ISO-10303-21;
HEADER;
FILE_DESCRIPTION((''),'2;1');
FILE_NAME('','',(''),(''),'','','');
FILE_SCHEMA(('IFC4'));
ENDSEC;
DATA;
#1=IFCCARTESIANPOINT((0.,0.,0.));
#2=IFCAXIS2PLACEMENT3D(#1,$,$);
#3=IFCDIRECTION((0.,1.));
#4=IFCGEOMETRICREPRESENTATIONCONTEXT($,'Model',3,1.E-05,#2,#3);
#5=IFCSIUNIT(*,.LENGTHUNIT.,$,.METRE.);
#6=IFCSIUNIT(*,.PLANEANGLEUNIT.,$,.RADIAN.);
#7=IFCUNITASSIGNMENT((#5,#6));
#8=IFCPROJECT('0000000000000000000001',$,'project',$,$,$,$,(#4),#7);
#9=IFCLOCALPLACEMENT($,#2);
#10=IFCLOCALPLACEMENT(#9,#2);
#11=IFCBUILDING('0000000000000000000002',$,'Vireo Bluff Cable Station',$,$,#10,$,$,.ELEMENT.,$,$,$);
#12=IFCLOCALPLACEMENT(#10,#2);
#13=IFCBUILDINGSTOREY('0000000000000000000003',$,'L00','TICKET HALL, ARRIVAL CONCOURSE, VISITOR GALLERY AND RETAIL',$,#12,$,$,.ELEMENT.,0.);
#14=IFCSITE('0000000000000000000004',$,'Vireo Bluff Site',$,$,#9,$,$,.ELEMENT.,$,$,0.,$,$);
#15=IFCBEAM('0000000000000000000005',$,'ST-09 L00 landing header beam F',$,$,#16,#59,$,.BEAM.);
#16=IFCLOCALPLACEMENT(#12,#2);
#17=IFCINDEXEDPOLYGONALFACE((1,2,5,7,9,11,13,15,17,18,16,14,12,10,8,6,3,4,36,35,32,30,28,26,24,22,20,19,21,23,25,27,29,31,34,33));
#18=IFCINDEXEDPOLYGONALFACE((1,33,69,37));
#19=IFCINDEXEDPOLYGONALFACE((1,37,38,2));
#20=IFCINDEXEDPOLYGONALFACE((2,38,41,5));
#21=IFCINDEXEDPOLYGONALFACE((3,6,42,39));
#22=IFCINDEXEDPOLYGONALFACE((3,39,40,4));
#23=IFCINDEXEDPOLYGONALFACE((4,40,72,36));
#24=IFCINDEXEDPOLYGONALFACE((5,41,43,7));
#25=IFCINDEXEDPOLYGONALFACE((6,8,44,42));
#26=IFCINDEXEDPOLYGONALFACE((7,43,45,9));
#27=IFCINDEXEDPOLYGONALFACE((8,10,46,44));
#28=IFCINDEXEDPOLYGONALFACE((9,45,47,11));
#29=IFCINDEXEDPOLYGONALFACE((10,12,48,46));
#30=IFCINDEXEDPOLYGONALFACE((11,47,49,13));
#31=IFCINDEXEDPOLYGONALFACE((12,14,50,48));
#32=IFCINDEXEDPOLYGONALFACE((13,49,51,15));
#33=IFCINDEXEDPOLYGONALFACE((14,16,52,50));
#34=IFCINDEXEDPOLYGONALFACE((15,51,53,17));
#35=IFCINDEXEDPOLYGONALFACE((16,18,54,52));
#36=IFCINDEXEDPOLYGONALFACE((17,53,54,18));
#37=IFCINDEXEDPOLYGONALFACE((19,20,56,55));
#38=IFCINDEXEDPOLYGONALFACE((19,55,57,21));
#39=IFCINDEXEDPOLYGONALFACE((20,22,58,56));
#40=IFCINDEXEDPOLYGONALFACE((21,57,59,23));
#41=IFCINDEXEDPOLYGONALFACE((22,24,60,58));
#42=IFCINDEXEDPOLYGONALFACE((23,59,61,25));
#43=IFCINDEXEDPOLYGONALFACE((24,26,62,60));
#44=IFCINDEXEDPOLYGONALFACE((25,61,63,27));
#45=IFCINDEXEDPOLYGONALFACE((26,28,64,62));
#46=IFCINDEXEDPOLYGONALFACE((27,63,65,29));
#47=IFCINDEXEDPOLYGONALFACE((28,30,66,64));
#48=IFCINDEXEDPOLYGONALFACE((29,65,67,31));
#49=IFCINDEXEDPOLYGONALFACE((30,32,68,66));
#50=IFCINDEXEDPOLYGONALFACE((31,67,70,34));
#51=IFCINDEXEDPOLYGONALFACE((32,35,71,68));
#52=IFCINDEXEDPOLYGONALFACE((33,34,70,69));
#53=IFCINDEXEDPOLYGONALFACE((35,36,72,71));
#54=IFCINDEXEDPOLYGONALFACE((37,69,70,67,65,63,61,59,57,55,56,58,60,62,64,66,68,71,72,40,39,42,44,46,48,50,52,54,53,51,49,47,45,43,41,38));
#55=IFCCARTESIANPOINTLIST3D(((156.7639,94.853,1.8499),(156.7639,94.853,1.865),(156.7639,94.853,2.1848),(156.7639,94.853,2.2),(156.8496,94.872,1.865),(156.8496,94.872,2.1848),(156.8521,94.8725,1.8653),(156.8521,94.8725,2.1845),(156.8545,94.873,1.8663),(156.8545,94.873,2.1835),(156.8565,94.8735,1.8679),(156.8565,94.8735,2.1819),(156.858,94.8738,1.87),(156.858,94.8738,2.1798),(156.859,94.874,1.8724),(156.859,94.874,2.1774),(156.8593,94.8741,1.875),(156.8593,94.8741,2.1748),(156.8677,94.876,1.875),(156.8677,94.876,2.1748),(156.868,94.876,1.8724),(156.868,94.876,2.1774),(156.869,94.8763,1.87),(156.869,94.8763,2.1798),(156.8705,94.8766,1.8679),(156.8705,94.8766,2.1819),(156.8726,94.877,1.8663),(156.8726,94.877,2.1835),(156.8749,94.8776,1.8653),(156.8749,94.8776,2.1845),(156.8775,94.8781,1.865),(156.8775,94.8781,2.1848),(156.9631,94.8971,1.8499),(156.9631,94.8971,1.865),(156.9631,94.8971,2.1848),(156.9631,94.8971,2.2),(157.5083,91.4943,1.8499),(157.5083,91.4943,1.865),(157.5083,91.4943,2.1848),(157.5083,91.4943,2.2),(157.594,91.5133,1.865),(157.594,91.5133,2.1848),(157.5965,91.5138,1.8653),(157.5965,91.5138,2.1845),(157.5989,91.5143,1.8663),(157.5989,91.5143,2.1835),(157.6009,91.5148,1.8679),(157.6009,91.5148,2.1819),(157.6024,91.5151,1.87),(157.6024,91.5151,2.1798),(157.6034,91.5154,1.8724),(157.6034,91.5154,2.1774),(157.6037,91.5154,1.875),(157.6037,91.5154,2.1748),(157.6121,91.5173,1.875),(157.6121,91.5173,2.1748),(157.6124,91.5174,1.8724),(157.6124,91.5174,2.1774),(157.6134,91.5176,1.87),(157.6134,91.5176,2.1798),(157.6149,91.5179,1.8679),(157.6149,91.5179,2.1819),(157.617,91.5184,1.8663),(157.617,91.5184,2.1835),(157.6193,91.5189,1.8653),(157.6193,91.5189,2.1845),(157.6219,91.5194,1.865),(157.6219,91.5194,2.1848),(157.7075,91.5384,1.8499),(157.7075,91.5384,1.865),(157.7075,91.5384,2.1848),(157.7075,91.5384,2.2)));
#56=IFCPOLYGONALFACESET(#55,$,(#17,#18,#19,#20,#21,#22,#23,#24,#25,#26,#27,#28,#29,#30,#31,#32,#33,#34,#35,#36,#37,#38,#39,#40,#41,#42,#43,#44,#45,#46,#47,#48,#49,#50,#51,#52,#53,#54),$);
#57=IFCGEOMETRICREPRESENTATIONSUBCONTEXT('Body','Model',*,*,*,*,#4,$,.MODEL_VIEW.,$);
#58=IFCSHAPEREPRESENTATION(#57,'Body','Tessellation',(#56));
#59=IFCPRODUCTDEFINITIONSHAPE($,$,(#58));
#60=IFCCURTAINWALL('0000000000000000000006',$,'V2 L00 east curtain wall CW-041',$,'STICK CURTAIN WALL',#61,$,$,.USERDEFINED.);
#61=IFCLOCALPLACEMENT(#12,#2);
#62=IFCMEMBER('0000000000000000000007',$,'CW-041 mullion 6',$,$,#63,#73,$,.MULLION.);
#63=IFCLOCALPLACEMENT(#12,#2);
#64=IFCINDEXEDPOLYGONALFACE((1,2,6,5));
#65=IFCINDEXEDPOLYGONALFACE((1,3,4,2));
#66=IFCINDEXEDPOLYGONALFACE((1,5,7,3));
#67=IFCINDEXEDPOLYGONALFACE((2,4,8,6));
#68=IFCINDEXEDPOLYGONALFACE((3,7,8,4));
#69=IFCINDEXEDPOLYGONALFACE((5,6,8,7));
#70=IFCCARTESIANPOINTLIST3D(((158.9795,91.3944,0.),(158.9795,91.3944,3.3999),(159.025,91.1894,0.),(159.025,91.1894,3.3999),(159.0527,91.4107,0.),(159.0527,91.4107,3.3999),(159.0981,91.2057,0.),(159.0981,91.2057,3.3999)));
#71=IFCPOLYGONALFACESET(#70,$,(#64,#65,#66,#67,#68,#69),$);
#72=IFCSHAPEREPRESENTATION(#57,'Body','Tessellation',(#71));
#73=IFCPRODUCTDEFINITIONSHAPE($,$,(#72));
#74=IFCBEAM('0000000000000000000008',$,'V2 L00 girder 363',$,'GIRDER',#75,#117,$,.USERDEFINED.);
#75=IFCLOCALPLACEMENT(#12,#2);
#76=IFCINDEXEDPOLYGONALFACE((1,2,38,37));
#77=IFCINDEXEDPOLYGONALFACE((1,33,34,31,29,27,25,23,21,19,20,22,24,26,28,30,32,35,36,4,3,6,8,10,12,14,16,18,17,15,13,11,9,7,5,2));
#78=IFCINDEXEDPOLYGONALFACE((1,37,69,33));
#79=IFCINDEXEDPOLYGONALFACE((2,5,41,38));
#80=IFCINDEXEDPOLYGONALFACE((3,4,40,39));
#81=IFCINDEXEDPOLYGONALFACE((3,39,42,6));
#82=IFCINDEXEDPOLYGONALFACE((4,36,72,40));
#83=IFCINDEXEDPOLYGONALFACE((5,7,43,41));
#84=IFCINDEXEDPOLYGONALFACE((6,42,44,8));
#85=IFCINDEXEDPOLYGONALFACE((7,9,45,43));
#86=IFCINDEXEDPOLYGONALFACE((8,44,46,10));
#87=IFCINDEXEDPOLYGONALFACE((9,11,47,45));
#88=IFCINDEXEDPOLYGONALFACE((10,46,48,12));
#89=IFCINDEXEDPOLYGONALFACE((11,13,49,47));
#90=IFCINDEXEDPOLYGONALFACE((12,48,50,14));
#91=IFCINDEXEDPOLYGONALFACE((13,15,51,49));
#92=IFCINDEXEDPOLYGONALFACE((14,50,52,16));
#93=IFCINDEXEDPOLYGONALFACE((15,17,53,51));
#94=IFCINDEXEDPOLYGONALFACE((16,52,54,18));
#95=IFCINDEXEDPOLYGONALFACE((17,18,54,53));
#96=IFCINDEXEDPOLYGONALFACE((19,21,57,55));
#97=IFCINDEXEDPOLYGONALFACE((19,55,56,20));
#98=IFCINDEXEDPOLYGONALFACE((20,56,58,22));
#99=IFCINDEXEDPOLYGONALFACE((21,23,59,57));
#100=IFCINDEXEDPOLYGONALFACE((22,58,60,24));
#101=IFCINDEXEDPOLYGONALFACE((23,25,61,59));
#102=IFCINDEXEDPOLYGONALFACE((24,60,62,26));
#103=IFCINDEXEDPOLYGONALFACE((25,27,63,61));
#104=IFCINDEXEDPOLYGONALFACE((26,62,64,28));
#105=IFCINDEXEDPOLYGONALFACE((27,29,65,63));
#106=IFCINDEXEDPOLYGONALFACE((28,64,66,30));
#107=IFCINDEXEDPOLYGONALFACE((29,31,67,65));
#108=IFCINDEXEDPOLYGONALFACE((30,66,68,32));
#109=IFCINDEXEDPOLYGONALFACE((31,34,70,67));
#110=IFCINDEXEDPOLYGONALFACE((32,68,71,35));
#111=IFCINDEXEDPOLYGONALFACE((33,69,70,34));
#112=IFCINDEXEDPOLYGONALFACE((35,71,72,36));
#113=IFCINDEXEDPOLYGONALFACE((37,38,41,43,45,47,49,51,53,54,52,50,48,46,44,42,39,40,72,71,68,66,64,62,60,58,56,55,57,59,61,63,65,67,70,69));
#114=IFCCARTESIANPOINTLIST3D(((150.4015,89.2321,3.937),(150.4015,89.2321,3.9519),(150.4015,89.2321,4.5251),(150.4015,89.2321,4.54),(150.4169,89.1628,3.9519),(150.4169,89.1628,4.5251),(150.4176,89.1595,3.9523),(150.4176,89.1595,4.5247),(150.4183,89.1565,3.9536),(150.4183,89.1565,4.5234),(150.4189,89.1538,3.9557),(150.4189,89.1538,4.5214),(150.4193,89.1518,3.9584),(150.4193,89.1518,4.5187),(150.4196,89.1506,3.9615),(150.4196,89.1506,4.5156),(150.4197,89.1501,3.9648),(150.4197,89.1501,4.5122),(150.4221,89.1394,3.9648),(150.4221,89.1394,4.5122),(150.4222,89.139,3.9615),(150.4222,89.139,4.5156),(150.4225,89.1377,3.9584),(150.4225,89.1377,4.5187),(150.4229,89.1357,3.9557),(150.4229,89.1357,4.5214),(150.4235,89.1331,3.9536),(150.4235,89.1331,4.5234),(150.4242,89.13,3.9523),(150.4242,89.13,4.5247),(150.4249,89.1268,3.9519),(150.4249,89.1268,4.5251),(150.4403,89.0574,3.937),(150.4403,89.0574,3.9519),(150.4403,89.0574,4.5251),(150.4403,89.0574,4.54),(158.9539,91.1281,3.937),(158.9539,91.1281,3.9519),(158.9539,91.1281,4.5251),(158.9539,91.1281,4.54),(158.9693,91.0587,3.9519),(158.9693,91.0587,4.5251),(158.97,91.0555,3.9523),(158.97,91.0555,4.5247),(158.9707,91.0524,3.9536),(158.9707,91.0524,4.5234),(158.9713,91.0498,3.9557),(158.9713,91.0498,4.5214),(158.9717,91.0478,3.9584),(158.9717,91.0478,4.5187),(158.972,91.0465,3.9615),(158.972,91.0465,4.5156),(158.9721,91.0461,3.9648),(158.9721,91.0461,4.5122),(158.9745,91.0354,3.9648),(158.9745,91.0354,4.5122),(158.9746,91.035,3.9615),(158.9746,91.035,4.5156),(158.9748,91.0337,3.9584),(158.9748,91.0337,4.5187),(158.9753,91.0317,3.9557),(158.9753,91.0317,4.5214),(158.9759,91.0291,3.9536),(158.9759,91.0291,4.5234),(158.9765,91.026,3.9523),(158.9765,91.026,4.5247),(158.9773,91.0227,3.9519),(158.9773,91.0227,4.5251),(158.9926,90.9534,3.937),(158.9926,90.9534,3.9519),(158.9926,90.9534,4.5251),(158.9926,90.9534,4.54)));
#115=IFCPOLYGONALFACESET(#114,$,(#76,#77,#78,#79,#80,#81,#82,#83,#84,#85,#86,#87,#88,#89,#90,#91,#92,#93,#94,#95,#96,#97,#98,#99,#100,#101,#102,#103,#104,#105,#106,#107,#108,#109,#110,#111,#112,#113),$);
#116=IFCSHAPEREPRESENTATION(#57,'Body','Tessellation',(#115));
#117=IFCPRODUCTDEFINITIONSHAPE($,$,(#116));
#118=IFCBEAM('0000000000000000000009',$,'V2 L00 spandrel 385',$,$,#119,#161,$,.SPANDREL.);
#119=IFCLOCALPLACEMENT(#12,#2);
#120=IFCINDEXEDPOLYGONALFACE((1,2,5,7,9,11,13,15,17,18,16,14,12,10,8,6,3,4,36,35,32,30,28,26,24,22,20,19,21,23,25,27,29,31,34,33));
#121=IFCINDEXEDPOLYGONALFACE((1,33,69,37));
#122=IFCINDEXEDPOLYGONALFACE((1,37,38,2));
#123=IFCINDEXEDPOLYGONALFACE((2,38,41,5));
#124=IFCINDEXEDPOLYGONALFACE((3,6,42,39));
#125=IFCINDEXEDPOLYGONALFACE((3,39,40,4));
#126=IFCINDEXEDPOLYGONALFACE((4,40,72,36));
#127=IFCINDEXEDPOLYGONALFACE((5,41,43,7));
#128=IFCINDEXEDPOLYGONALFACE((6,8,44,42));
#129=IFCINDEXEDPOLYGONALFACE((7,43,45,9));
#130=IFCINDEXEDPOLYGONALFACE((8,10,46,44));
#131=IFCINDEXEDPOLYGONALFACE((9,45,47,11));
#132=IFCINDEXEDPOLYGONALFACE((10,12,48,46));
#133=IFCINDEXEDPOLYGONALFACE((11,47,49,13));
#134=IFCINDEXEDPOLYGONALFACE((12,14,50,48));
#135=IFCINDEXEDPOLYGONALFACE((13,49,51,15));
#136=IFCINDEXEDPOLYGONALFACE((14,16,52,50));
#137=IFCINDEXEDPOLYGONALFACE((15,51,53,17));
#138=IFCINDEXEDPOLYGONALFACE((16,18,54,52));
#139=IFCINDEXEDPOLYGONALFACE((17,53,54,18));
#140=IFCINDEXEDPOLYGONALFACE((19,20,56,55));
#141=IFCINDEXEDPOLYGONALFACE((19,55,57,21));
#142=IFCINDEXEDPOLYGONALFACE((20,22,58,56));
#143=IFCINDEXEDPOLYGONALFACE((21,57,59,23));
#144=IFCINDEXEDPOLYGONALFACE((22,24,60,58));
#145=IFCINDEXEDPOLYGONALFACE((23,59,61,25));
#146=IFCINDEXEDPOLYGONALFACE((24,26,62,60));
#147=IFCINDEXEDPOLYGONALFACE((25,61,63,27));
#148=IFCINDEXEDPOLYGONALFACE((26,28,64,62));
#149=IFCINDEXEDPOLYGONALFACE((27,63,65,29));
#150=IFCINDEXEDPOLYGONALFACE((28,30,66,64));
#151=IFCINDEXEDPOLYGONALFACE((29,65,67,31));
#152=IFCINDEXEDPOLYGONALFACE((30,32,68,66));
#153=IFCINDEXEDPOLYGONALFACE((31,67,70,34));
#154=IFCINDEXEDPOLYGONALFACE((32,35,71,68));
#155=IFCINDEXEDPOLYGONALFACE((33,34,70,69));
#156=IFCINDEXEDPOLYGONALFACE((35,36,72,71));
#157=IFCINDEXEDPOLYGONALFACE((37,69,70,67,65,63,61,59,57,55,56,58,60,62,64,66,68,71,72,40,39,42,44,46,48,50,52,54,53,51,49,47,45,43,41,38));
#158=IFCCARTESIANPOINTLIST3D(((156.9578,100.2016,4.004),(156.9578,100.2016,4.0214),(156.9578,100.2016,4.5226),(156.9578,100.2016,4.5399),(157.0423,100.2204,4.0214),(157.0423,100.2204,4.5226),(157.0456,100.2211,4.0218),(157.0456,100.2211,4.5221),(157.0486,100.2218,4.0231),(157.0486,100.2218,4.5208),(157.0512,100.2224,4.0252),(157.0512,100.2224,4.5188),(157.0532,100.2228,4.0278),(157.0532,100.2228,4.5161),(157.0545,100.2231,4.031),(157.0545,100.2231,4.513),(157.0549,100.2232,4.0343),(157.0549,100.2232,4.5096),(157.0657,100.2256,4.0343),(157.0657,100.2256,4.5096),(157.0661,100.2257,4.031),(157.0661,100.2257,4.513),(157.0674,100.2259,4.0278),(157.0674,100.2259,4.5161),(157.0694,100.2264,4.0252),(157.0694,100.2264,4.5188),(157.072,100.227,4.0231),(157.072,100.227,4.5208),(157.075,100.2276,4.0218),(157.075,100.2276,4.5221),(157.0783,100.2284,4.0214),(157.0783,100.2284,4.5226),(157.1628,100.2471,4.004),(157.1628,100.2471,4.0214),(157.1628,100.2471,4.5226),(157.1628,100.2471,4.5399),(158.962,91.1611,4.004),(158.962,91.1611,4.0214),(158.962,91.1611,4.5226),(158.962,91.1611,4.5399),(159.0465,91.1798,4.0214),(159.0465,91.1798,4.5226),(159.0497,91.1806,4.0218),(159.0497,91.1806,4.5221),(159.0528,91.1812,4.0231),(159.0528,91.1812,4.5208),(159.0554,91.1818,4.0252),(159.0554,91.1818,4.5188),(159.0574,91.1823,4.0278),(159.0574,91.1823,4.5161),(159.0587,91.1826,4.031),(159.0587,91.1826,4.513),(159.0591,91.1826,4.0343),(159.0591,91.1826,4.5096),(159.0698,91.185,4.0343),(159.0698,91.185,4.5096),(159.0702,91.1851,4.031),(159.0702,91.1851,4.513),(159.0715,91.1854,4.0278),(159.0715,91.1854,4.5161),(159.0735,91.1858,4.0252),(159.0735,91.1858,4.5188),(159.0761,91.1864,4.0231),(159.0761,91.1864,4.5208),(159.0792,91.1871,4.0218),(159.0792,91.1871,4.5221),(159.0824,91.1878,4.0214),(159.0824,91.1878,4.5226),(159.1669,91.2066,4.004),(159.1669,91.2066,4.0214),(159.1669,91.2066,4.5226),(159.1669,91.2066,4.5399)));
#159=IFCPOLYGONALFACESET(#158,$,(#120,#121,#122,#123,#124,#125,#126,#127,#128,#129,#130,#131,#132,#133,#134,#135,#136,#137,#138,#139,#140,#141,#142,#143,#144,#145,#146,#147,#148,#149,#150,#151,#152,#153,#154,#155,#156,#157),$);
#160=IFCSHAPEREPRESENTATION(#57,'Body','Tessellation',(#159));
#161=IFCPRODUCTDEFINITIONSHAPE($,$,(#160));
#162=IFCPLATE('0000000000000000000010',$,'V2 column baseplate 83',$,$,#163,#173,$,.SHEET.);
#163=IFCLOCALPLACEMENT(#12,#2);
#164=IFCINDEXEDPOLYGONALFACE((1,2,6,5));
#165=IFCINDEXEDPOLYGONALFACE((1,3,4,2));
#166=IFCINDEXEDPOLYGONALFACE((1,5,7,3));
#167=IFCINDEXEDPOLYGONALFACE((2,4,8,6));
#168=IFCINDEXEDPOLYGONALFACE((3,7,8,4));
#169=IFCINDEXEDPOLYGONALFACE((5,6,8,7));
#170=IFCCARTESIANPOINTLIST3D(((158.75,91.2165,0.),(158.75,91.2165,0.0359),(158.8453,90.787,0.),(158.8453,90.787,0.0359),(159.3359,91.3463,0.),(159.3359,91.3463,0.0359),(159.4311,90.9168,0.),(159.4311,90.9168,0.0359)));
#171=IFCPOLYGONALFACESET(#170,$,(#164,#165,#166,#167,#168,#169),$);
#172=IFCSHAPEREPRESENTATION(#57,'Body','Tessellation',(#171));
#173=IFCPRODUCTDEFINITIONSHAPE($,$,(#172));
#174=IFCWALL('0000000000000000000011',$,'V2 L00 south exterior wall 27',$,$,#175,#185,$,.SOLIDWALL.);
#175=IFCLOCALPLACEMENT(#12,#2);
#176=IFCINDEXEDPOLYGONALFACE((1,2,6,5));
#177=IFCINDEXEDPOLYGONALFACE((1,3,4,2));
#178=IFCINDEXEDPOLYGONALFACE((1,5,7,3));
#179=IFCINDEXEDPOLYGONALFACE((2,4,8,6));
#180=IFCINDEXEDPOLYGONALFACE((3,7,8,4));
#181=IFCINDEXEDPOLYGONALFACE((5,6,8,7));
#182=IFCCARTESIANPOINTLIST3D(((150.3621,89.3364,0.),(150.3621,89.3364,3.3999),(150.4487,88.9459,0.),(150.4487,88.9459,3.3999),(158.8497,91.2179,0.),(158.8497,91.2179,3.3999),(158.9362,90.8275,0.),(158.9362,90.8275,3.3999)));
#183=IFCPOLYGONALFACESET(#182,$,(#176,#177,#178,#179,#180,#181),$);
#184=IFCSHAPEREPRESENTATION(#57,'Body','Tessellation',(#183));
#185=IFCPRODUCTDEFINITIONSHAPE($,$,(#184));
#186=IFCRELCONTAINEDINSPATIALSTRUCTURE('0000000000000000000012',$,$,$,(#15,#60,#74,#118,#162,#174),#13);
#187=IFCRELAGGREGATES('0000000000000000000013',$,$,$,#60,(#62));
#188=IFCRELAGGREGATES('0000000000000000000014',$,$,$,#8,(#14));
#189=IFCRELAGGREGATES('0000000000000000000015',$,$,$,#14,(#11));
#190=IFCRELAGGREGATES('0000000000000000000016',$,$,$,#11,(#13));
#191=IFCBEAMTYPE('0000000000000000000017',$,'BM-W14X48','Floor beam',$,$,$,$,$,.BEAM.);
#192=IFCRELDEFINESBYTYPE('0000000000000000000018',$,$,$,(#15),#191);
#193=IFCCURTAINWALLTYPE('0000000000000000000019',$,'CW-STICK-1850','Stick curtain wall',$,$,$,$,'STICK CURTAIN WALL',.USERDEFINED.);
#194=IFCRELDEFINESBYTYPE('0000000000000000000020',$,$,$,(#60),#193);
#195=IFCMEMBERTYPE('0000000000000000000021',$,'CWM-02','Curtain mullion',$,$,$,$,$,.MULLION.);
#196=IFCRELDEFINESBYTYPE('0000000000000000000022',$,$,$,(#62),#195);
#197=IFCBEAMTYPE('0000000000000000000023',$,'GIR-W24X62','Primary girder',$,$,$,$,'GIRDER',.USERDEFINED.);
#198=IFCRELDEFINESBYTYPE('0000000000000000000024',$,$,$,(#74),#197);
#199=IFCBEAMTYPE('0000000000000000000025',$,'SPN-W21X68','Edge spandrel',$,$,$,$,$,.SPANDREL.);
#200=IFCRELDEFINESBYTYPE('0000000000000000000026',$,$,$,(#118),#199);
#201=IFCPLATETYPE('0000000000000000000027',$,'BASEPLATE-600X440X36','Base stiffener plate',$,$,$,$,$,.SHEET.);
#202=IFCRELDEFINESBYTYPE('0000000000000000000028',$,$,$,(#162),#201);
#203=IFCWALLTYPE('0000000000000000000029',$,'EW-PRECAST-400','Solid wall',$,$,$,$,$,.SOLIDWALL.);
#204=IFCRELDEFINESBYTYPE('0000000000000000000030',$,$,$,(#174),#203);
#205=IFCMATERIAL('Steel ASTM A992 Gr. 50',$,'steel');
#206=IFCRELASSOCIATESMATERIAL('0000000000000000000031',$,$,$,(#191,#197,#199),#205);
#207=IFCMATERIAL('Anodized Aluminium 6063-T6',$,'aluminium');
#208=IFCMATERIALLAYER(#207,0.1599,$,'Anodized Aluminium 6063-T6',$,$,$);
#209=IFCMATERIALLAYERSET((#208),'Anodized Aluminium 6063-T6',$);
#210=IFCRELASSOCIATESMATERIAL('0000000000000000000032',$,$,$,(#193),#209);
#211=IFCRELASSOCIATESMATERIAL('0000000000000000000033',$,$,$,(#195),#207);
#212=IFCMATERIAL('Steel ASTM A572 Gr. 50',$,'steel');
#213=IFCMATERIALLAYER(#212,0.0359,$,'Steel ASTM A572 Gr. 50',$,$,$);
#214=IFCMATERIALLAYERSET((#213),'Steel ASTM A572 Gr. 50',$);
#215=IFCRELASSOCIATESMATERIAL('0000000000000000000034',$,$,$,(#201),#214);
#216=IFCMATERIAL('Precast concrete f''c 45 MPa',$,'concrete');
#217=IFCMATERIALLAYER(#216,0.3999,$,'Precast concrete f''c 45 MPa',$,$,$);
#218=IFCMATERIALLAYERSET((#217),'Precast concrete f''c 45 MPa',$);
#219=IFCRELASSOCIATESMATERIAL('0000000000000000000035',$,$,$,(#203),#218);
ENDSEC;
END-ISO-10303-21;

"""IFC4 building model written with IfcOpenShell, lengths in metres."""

from ifc_helpers import new_model, si_unit, direction, frame, frame_2d, origin, origin_2d, place, context, subcontext, project, spatial, rectangle, i_section, extrude, material, layer, layer_set, material_profile, profile_set, type_object, element, aggregate, save


model = new_model("IFC4")

# Units and contexts
model_context = context("Model", 3, precision=1e-05, world=origin(), true_north=direction((0.0, 1.0)))
body_context = subcontext(model_context, "Body", "Model", "MODEL_VIEW")
ifc_project = project(units=[si_unit("LENGTHUNIT", "METRE"), si_unit("PLANEANGLEUNIT", "RADIAN")], contexts=[model_context])

# Site, building, storey
site_placement = place(None, origin())
site = spatial("IfcSite", under=ifc_project, at=site_placement, Name="Vireo Bluff Site", CompositionType="ELEMENT", RefElevation=0.0)
building_placement = place(site_placement, origin())
building = spatial("IfcBuilding", under=site, at=building_placement, Name="Vireo Bluff Cable Station", CompositionType="ELEMENT")
storey_placement = place(building_placement, origin())
storey = spatial("IfcBuildingStorey", under=building, at=storey_placement, Name="L00", Description="TICKET HALL, ARRIVAL CONCOURSE, VISITOR GALLERY AND RETAIL", CompositionType="ELEMENT", Elevation=0.0)

# Shared definitions
ifc_material_1 = material(Name="Steel ASTM A992 Gr. 50", Category="steel")

# Beam
ifc_material_profile_1 = material_profile(ifc_material_1, i_section(OverallWidth=0.2041, OverallDepth=0.3501, WebThickness=0.0085, FlangeThickness=0.0151, FilletRadius=0.01, at=origin_2d()), Name="W14X48")
ifc_profile_set_1 = profile_set([ifc_material_profile_1], Name="Steel ASTM A992 Gr. 50")
beam_type_1 = type_object("IfcBeamType", Name="BM-W14X48", Description="Floor beam", PredefinedType="BEAM", material=ifc_profile_set_1)
beam_1_placement = place(storey_placement, frame((157.6079, 91.5164, 2.0249), z_axis=(-0.216382, 0.976309, 0.0), x_axis=(-0.976309, -0.216382, 0.0)))
element("IfcBeam", 1, at=beam_1_placement, inside=storey, type_object=beam_type_1, Name="ST-09 L00 landing header beam F", PredefinedType="BEAM", context=body_context, shape_type="SweptSolid", body=[
    extrude(i_section(OverallWidth=0.2041, OverallDepth=0.3501, WebThickness=0.0085, FlangeThickness=0.0151, FilletRadius=0.01, at=origin_2d()), origin(), (0.0, 0.0, 1.0), 3.4402),
])

# Curtain wall, member
ifc_material_2 = material(Name="Anodized Aluminium 6063-T6", Category="aluminium")
ifc_layer_1 = layer(ifc_material_2, 0.1599, Name="Anodized Aluminium 6063-T6")
ifc_layer_set_1 = layer_set([ifc_layer_1], Name="Anodized Aluminium 6063-T6")
curtain_wall_type = type_object("IfcCurtainWallType", Name="CW-STICK-1850", Description="Stick curtain wall", ElementType="STICK CURTAIN WALL", PredefinedType="USERDEFINED", material=ifc_layer_set_1)
curtain_wall_placement = place(storey_placement, origin())
curtain_wall = element("IfcCurtainWall", 2, at=curtain_wall_placement, inside=storey, type_object=curtain_wall_type, Name="V2 L00 east curtain wall CW-041", ObjectType="STICK CURTAIN WALL", PredefinedType="USERDEFINED")
ifc_material_profile_2 = material_profile(ifc_material_2, rectangle(XDim=0.075, YDim=0.21, at=origin_2d()), Name="ALU-M-75X210")
ifc_profile_set_2 = profile_set([ifc_material_profile_2], Name="Anodized Aluminium 6063-T6")
member_type = type_object("IfcMemberType", Name="CWM-02", Description="Curtain mullion", PredefinedType="MULLION", material=ifc_profile_set_2)
member_placement = place(storey_placement, frame((159.0388, 91.3, 0.0), z_axis=(0.0, 0.0, 1.0), x_axis=(0.976296, 0.21644, 0.0)))
member = element("IfcMember", 3, at=member_placement, type_object=member_type, Name="CW-041 mullion 6", PredefinedType="MULLION", context=body_context, shape_type="SweptSolid", body=[
    extrude(rectangle(XDim=0.075, YDim=0.21, at=origin_2d()), origin(), (0.0, 0.0, 1.0), 3.3999),
])
aggregate(curtain_wall, [member])

# Beams
ifc_material_profile_3 = material_profile(ifc_material_1, i_section(OverallWidth=0.179, OverallDepth=0.603, WebThickness=0.011, FlangeThickness=0.0149, FilletRadius=0.0129, at=origin_2d()), Name="W24X62")
ifc_profile_set_3 = profile_set([ifc_material_profile_3], Name="Steel ASTM A992 Gr. 50")
beam_type_2 = type_object("IfcBeamType", Name="GIR-W24X62", Description="Primary girder", ElementType="GIRDER", PredefinedType="USERDEFINED", material=ifc_profile_set_3)
beam_2_placement = place(storey_placement, frame((150.4209, 89.1448, 4.2385), z_axis=(0.976297, 0.216435, 0.0), x_axis=(-0.216435, 0.976297, 0.0)))
element("IfcBeam", 4, at=beam_2_placement, inside=storey, type_object=beam_type_2, Name="V2 L00 girder 363", ObjectType="GIRDER", PredefinedType="USERDEFINED", context=body_context, shape_type="SweptSolid", body=[
    extrude(i_section(OverallWidth=0.179, OverallDepth=0.603, WebThickness=0.011, FlangeThickness=0.0149, FilletRadius=0.0129, at=origin_2d()), origin(), (0.0, 0.0, 1.0), 8.76),
])
ifc_material_profile_4 = material_profile(ifc_material_1, i_section(OverallWidth=0.21, OverallDepth=0.5359, WebThickness=0.011, FlangeThickness=0.0173, FilletRadius=0.0129, at=origin_2d()), Name="W21X68")
ifc_profile_set_4 = profile_set([ifc_material_profile_4], Name="Steel ASTM A992 Gr. 50")
beam_type_3 = type_object("IfcBeamType", Name="SPN-W21X68", Description="Edge spandrel", PredefinedType="SPANDREL", material=ifc_profile_set_4)
beam_3_placement = place(storey_placement, frame((159.0645, 91.1838, 4.272), z_axis=(-0.216431, 0.976298, 0.0), x_axis=(-0.976298, -0.216431, 0.0)))
element("IfcBeam", 5, at=beam_3_placement, inside=storey, type_object=beam_type_3, Name="V2 L00 spandrel 385", PredefinedType="SPANDREL", context=body_context, shape_type="SweptSolid", body=[
    extrude(i_section(OverallWidth=0.21, OverallDepth=0.5359, WebThickness=0.011, FlangeThickness=0.0173, FilletRadius=0.0129, at=origin_2d()), origin(), (0.0, 0.0, 1.0), 9.26),
])

# Plate
ifc_material_3 = material(Name="Steel ASTM A572 Gr. 50", Category="steel")
ifc_layer_2 = layer(ifc_material_3, 0.0359, Name="Steel ASTM A572 Gr. 50")
ifc_layer_set_2 = layer_set([ifc_layer_2], Name="Steel ASTM A572 Gr. 50")
plate_type = type_object("IfcPlateType", Name="BASEPLATE-600X440X36", Description="Base stiffener plate", PredefinedType="SHEET", material=ifc_layer_set_2)
plate_placement = place(storey_placement, frame((159.0906, 91.0667, 0.0), z_axis=(0.0, 0.0, 1.0), x_axis=(0.976296, 0.21644, 0.0)))
element("IfcPlate", 6, at=plate_placement, inside=storey, type_object=plate_type, Name="V2 column baseplate 83", PredefinedType="SHEET", context=body_context, shape_type="SweptSolid", body=[
    extrude(rectangle(XDim=0.6001, YDim=0.4399, at=origin_2d()), origin(), (0.0, 0.0, 1.0), 0.0359),
])

# Wall
ifc_material_4 = material(Name="Precast concrete f'c 45 MPa", Category="concrete")
ifc_layer_3 = layer(ifc_material_4, 0.3999, Name="Precast concrete f'c 45 MPa")
ifc_layer_set_3 = layer_set([ifc_layer_3], Name="Precast concrete f'c 45 MPa")
wall_type = type_object("IfcWallType", Name="EW-PRECAST-400", Description="Solid wall", PredefinedType="SOLIDWALL", material=ifc_layer_set_3)
wall_placement = place(storey_placement, frame((158.8928, 91.0227, 0.0), z_axis=(0.0, 0.0, 1.0), x_axis=(-0.976297, -0.216434, 0.0)))
element("IfcWall", 7, at=wall_placement, inside=storey, type_object=wall_type, Name="V2 L00 south exterior wall 27", PredefinedType="SOLIDWALL", context=body_context, shape_type="SweptSolid", body=[
    extrude(rectangle(XDim=8.6936, YDim=0.3999, at=frame_2d((4.3467, 0.0))), origin(), (0.0, 0.0, 1.0), 3.3999),
])

save(model, "model.ifc")
